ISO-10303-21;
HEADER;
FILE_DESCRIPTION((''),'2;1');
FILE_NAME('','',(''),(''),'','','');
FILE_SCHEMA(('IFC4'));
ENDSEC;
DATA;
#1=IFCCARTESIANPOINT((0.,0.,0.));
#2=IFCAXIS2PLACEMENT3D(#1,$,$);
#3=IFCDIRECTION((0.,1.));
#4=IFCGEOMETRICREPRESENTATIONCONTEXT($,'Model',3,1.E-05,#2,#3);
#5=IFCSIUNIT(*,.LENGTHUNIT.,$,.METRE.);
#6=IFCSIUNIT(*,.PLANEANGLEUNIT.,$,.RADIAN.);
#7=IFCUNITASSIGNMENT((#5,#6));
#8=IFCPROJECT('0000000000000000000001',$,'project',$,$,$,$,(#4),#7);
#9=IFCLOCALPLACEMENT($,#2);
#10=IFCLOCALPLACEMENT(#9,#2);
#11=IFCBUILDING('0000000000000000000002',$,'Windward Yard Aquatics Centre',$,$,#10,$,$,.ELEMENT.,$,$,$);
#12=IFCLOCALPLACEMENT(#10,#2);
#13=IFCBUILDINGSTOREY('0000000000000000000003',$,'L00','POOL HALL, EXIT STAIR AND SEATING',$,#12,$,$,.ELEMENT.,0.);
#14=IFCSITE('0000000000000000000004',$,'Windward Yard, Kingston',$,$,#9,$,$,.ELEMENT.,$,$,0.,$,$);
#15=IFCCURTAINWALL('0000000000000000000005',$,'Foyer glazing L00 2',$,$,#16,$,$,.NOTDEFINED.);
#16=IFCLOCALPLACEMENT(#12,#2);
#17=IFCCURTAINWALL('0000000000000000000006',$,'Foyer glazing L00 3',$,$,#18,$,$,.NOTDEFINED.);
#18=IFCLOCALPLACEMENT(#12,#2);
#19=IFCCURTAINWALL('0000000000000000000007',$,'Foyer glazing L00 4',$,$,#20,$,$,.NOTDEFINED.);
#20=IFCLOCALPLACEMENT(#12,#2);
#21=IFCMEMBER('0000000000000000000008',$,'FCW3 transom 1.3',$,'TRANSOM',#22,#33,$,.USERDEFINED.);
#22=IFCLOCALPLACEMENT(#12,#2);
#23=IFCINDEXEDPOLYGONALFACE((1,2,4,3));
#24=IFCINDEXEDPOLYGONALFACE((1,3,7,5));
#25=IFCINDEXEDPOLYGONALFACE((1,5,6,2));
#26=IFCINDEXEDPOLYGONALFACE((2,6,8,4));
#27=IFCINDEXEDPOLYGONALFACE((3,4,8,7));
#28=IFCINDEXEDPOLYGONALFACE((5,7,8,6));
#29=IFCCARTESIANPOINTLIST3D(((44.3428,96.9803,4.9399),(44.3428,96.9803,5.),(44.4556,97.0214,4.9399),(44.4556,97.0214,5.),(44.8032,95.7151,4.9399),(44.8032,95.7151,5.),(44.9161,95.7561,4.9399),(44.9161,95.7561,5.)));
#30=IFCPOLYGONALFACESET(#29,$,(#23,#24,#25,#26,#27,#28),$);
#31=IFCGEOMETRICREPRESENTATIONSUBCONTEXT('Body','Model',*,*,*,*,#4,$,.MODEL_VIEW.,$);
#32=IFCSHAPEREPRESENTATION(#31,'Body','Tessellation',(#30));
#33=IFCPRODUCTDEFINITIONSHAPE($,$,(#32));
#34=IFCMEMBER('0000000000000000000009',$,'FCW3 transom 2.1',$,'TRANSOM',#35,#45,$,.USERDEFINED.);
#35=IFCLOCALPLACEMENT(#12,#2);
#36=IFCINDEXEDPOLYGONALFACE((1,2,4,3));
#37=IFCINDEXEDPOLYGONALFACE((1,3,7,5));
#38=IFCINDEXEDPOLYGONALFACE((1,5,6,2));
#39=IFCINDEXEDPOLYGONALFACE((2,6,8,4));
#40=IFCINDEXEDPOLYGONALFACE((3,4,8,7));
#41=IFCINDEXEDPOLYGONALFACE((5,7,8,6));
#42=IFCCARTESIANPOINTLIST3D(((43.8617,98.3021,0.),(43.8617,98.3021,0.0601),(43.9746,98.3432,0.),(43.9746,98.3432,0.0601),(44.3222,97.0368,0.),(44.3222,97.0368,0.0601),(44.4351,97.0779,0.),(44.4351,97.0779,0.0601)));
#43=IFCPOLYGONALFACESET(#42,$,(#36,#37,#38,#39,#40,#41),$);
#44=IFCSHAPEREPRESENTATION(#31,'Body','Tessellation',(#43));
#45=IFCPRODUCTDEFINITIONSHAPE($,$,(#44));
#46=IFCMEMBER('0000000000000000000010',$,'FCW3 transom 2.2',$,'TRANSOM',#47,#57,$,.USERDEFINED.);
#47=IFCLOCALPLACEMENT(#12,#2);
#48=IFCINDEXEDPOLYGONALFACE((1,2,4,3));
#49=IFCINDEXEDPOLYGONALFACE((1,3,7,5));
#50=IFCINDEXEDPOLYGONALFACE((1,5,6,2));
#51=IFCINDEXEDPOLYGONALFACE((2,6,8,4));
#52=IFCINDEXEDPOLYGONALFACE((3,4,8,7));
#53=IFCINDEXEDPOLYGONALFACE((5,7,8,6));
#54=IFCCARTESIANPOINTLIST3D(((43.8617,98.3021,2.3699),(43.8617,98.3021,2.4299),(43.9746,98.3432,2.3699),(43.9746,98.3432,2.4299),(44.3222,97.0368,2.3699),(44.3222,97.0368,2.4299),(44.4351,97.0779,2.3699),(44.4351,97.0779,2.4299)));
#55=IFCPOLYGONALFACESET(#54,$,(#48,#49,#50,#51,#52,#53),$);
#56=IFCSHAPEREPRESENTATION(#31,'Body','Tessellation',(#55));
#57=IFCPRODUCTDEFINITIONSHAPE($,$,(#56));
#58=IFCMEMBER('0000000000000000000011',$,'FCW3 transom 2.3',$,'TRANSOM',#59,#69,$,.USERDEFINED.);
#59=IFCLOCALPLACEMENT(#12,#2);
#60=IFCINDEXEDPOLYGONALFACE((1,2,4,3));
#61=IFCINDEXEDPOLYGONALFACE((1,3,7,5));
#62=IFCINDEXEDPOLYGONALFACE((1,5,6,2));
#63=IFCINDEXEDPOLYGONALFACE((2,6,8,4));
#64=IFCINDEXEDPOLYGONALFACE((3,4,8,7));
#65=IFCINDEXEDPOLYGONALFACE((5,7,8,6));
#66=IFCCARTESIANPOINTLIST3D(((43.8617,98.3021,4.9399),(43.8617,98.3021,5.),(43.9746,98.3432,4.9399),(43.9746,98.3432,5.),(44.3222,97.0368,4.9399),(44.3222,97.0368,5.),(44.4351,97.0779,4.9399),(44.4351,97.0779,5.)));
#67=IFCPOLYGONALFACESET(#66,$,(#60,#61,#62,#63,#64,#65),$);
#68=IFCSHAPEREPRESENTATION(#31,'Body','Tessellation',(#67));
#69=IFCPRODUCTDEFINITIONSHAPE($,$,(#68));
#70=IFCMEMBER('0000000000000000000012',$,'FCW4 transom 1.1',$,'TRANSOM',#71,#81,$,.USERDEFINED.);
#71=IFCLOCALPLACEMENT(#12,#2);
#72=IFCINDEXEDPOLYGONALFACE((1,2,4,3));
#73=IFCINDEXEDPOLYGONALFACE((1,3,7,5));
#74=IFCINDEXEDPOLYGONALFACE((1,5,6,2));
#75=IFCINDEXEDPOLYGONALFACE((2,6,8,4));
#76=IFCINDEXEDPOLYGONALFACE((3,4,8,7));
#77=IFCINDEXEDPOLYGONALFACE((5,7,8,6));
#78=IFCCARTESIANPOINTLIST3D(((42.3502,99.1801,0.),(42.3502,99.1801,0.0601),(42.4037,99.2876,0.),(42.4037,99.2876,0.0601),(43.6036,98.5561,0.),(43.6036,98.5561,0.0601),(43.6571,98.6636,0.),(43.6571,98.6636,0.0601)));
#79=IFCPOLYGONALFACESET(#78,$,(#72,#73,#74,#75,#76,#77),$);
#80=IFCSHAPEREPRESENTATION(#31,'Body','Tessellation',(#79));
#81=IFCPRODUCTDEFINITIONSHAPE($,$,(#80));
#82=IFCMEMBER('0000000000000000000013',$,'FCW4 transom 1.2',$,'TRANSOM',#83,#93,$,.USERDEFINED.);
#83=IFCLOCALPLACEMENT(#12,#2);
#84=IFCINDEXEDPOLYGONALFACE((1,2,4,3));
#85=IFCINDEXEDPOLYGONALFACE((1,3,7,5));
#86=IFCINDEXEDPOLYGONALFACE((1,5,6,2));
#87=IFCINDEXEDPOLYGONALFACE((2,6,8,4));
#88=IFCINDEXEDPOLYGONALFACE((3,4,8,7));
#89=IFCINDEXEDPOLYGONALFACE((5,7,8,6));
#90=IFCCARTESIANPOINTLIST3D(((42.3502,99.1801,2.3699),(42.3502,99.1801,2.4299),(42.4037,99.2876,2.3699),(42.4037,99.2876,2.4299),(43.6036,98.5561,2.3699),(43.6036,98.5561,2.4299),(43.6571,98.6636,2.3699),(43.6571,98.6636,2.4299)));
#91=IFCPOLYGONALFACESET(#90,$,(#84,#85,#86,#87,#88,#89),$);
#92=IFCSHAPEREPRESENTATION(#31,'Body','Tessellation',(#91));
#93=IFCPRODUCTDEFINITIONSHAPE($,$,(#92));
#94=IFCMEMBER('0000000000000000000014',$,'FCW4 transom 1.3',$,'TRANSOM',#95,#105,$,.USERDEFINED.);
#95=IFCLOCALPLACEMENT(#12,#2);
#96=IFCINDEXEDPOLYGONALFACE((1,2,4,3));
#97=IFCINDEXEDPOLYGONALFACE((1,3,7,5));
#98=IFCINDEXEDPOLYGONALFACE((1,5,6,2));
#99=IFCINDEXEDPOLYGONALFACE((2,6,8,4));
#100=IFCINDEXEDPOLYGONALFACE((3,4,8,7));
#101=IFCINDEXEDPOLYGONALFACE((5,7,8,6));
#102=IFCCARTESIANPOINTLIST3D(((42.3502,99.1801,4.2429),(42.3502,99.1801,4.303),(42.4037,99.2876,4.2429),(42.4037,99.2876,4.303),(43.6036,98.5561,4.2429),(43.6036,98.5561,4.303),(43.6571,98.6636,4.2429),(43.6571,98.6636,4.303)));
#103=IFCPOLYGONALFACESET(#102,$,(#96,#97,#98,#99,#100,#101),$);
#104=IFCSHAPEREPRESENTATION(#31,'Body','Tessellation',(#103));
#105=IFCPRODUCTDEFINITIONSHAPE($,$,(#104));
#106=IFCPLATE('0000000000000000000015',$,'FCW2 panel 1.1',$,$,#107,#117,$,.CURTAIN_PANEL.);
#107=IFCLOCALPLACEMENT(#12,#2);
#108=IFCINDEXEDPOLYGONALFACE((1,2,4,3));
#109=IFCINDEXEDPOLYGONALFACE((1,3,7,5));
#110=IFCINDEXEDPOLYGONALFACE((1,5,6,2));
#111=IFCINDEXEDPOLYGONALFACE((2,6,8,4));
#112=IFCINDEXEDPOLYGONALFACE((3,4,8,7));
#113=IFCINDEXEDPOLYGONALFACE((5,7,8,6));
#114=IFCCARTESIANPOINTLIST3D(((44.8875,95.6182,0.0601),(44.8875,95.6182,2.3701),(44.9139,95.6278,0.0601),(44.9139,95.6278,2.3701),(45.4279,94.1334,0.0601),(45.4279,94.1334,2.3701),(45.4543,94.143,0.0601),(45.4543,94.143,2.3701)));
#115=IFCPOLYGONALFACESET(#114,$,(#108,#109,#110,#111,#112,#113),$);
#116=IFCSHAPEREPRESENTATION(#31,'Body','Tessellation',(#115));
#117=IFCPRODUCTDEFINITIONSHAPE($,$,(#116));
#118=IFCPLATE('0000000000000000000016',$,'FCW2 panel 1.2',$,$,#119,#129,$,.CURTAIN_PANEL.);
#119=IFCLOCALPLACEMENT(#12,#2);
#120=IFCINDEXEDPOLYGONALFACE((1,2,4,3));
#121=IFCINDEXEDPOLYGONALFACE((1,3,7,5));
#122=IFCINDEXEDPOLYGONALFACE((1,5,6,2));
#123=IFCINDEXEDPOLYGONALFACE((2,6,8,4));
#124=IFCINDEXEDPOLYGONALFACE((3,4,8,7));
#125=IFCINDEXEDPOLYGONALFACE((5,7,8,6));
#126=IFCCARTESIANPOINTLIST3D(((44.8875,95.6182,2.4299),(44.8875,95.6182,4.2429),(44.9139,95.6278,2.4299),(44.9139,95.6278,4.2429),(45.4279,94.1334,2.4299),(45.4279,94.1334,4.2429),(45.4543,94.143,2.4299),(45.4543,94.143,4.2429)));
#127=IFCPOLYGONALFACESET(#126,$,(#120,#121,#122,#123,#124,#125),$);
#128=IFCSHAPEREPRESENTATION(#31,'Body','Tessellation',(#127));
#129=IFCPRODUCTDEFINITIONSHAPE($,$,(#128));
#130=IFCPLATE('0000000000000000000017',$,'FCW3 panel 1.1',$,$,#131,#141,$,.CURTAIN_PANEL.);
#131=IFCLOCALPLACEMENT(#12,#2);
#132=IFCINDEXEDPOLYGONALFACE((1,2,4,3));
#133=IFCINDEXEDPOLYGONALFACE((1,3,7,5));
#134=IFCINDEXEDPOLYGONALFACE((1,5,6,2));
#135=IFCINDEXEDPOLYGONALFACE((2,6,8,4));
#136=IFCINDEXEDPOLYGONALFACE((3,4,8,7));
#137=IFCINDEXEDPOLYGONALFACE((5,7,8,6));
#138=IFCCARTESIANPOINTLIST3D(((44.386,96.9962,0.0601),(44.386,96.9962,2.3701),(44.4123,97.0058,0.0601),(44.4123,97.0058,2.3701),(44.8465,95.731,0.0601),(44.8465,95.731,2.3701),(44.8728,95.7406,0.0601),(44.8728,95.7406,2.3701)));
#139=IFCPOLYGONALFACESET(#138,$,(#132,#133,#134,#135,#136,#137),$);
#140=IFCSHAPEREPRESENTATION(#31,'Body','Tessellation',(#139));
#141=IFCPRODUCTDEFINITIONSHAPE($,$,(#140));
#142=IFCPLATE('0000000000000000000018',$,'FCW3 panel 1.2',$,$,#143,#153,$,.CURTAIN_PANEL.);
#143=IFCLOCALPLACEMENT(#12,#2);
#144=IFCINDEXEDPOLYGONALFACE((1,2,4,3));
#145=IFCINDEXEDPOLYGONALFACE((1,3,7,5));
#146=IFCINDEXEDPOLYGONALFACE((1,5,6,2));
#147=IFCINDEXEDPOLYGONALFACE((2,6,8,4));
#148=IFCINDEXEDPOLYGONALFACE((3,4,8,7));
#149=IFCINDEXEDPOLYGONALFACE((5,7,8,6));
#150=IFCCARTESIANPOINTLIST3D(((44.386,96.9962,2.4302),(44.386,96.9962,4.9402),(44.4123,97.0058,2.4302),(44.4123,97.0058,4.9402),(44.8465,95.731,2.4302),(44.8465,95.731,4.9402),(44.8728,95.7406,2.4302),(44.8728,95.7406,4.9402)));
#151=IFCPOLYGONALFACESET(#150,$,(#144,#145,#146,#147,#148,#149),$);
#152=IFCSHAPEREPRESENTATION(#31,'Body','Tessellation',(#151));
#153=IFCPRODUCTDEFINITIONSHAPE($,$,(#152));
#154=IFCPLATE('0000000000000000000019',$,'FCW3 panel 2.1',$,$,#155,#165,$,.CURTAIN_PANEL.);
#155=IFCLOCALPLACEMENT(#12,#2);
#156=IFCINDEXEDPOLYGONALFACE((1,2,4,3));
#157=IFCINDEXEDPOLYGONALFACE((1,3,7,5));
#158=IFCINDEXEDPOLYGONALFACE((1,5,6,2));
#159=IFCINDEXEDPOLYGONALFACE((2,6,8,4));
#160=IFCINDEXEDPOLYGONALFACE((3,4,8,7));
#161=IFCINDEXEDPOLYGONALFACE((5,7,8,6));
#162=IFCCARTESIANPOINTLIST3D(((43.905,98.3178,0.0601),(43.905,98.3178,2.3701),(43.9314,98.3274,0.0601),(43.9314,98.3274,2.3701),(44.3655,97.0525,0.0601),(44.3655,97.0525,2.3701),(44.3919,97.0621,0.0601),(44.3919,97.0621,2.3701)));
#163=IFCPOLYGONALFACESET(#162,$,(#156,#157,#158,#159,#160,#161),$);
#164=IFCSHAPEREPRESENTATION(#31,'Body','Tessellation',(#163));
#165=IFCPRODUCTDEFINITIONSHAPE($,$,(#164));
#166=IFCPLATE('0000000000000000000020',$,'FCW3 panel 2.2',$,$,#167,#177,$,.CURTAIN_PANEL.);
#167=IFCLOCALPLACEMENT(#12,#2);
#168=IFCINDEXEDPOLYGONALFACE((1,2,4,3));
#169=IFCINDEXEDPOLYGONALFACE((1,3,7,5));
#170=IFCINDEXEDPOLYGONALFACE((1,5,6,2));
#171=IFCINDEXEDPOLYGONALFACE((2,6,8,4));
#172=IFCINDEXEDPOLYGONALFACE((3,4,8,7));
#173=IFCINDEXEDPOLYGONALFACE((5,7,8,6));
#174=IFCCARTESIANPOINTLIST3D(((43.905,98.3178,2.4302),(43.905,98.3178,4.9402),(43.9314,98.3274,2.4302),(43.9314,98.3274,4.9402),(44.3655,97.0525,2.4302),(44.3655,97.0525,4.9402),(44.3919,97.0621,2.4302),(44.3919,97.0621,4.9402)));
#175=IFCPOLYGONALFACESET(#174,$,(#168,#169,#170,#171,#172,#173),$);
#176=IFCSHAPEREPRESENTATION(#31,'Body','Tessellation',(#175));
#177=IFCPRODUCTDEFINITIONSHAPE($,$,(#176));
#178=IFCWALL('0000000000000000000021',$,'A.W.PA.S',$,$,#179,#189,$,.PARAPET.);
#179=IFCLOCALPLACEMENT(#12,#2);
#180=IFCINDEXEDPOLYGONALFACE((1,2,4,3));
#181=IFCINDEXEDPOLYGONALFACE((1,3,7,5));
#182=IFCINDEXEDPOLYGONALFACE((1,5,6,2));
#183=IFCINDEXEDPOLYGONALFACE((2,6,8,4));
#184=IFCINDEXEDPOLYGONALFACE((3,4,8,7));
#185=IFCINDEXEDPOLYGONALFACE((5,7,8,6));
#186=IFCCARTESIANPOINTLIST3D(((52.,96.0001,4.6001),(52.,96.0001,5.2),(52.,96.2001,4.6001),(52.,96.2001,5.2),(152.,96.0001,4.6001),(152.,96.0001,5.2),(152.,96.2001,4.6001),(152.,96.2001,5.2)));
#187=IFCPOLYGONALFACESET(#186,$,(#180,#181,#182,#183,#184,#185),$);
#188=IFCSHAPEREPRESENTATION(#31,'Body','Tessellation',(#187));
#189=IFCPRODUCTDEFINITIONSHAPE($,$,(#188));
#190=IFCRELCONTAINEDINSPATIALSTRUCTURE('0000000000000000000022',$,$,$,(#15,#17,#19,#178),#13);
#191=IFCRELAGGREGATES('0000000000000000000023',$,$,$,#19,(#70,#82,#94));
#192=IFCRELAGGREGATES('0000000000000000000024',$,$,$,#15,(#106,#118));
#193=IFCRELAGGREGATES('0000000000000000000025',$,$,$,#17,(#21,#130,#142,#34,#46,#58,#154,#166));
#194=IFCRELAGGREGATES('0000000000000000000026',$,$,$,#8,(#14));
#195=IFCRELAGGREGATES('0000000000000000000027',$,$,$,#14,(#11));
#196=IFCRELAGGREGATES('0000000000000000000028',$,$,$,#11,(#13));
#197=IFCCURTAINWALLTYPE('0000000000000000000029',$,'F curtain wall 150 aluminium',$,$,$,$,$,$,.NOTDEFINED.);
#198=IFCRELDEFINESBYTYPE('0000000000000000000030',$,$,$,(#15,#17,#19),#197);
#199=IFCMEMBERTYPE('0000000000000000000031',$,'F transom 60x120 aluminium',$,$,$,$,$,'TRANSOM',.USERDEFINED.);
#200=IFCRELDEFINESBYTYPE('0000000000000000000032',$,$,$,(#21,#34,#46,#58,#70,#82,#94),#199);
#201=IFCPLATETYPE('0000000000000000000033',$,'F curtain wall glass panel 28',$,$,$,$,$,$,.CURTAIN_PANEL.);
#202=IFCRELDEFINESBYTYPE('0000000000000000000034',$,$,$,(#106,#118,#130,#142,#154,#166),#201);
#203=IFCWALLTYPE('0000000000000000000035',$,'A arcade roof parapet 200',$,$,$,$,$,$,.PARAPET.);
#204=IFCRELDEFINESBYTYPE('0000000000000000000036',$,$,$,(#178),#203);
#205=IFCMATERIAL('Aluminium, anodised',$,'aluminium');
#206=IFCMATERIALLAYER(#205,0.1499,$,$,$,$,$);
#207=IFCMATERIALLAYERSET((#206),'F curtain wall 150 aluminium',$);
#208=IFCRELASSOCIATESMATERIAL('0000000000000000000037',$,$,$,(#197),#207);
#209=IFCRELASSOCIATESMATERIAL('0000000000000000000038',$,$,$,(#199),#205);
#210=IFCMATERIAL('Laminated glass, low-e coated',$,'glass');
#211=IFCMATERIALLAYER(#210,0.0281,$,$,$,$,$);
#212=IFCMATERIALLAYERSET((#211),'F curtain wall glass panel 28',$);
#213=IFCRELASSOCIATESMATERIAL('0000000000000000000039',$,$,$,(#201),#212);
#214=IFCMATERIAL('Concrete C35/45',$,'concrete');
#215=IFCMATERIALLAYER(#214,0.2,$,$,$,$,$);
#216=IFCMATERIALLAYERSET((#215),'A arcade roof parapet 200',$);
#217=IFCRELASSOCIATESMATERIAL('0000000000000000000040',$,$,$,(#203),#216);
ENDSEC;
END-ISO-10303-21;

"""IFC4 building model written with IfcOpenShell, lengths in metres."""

from ifc_helpers import new_model, si_unit, direction, frame, frame_2d, origin, origin_2d, place, context, subcontext, project, spatial, rectangle, extrude, material, layer, layer_set, material_profile, profile_set, type_object, element, aggregate, save


model = new_model("IFC4")

# Units and contexts
model_context = context("Model", 3, precision=1e-05, world=origin(), true_north=direction((0.0, 1.0)))
body_context = subcontext(model_context, "Body", "Model", "MODEL_VIEW")
ifc_project = project(units=[si_unit("LENGTHUNIT", "METRE"), si_unit("PLANEANGLEUNIT", "RADIAN")], contexts=[model_context])

# Site, building, storey
site_placement = place(None, origin())
site = spatial("IfcSite", under=ifc_project, at=site_placement, Name="Windward Yard, Kingston", CompositionType="ELEMENT", RefElevation=0.0)
building_placement = place(site_placement, origin())
building = spatial("IfcBuilding", under=site, at=building_placement, Name="Windward Yard Aquatics Centre", CompositionType="ELEMENT")
storey_placement = place(building_placement, origin())
storey = spatial("IfcBuildingStorey", under=building, at=storey_placement, Name="L00", Description="POOL HALL, EXIT STAIR AND SEATING", CompositionType="ELEMENT", Elevation=0.0)

# Curtain wall
ifc_material_1 = material(Name="Aluminium, anodised", Category="aluminium")
ifc_layer_1 = layer(ifc_material_1, 0.1499)
ifc_layer_set_1 = layer_set([ifc_layer_1], Name="F curtain wall 150 aluminium")
curtain_wall_type = type_object("IfcCurtainWallType", Name="F curtain wall 150 aluminium", PredefinedType="NOTDEFINED", material=ifc_layer_set_1)
curtain_wall_1_placement = place(storey_placement, origin())
curtain_wall_1 = element("IfcCurtainWall", 1, at=curtain_wall_1_placement, inside=storey, type_object=curtain_wall_type, Name="Foyer glazing L00 2", PredefinedType="NOTDEFINED")

# Curtain wall
curtain_wall_2_placement = place(storey_placement, origin())
curtain_wall_2 = element("IfcCurtainWall", 2, at=curtain_wall_2_placement, inside=storey, type_object=curtain_wall_type, Name="Foyer glazing L00 3", PredefinedType="NOTDEFINED")

# Curtain wall
curtain_wall_3_placement = place(storey_placement, origin())
curtain_wall_3 = element("IfcCurtainWall", 3, at=curtain_wall_3_placement, inside=storey, type_object=curtain_wall_type, Name="Foyer glazing L00 4", PredefinedType="NOTDEFINED")

# Members
ifc_material_profile_1 = material_profile(ifc_material_1, rectangle(XDim=0.1201, YDim=0.0601, at=origin_2d()), Name="TRANSOM 60x120")
ifc_profile_set_1 = profile_set([ifc_material_profile_1], Name="Aluminium, anodised")
member_type_1 = type_object("IfcMemberType", Name="F transom 60x120 aluminium", ElementType="TRANSOM", PredefinedType="USERDEFINED", material=ifc_profile_set_1)
member_1_placement = place(storey_placement, frame((44.8596, 95.7356, 4.97), z_axis=(-0.341947, 0.939719, 0.0), x_axis=(-0.939719, -0.341947, 0.0)))
member_1 = element("IfcMember", 4, at=member_1_placement, type_object=member_type_1, Name="FCW3 transom 1.3", ObjectType="TRANSOM", PredefinedType="USERDEFINED", context=body_context, shape_type="SweptSolid", body=[
    extrude(rectangle(XDim=0.1201, YDim=0.0601, at=origin_2d()), origin(), (0.0, 0.0, 1.0), 1.3464),
])
member_2_placement = place(storey_placement, frame((44.3787, 97.0574, 0.03), z_axis=(-0.342005, 0.939698, 0.0), x_axis=(-0.939698, -0.342005, 0.0)))
member_2 = element("IfcMember", 5, at=member_2_placement, type_object=member_type_1, Name="FCW3 transom 2.1", ObjectType="TRANSOM", PredefinedType="USERDEFINED", context=body_context, shape_type="SweptSolid", body=[
    extrude(rectangle(XDim=0.1201, YDim=0.0601, at=origin_2d()), origin(), (0.0, 0.0, 1.0), 1.3464),
])
member_3_placement = place(storey_placement, frame((44.3787, 97.0574, 2.3999), z_axis=(-0.342005, 0.939698, 0.0), x_axis=(-0.939698, -0.342005, 0.0)))
member_3 = element("IfcMember", 6, at=member_3_placement, type_object=member_type_1, Name="FCW3 transom 2.2", ObjectType="TRANSOM", PredefinedType="USERDEFINED", context=body_context, shape_type="SweptSolid", body=[
    extrude(rectangle(XDim=0.1201, YDim=0.0601, at=origin_2d()), origin(), (0.0, 0.0, 1.0), 1.3464),
])
member_4_placement = place(storey_placement, frame((44.3787, 97.0574, 4.97), z_axis=(-0.342005, 0.939698, 0.0), x_axis=(-0.939698, -0.342005, 0.0)))
member_4 = element("IfcMember", 7, at=member_4_placement, type_object=member_type_1, Name="FCW3 transom 2.3", ObjectType="TRANSOM", PredefinedType="USERDEFINED", context=body_context, shape_type="SweptSolid", body=[
    extrude(rectangle(XDim=0.1201, YDim=0.0601, at=origin_2d()), origin(), (0.0, 0.0, 1.0), 1.3464),
])
member_5_placement = place(storey_placement, frame((43.6304, 98.6099, 0.03), z_axis=(-0.895193, 0.445679, 0.0), x_axis=(-0.445679, -0.895193, 0.0)))
member_5 = element("IfcMember", 8, at=member_5_placement, type_object=member_type_1, Name="FCW4 transom 1.1", ObjectType="TRANSOM", PredefinedType="USERDEFINED", context=body_context, shape_type="SweptSolid", body=[
    extrude(rectangle(XDim=0.1201, YDim=0.0601, at=origin_2d()), origin(), (0.0, 0.0, 1.0), 1.4001),
])
member_6_placement = place(storey_placement, frame((43.6304, 98.6099, 2.3999), z_axis=(-0.895193, 0.445679, 0.0), x_axis=(-0.445679, -0.895193, 0.0)))
member_6 = element("IfcMember", 9, at=member_6_placement, type_object=member_type_1, Name="FCW4 transom 1.2", ObjectType="TRANSOM", PredefinedType="USERDEFINED", context=body_context, shape_type="SweptSolid", body=[
    extrude(rectangle(XDim=0.1201, YDim=0.0601, at=origin_2d()), origin(), (0.0, 0.0, 1.0), 1.4001),
])
member_7_placement = place(storey_placement, frame((43.6304, 98.6099, 4.2729), z_axis=(-0.895193, 0.445679, 0.0), x_axis=(-0.445679, -0.895193, 0.0)))
member_7 = element("IfcMember", 10, at=member_7_placement, type_object=member_type_1, Name="FCW4 transom 1.3", ObjectType="TRANSOM", PredefinedType="USERDEFINED", context=body_context, shape_type="SweptSolid", body=[
    extrude(rectangle(XDim=0.1201, YDim=0.0601, at=origin_2d()), origin(), (0.0, 0.0, 1.0), 1.4001),
])
aggregate(curtain_wall_3, [member_5, member_6, member_7])

# Plates
ifc_material_2 = material(Name="Laminated glass, low-e coated", Category="glass")
ifc_layer_2 = layer(ifc_material_2, 0.0281)
ifc_layer_set_2 = layer_set([ifc_layer_2], Name="F curtain wall glass panel 28")
plate_type = type_object("IfcPlateType", Name="F curtain wall glass panel 28", PredefinedType="CURTAIN_PANEL", material=ifc_layer_set_2)
plate_1_placement = place(storey_placement, frame((45.1709, 94.8806, 0.0601), z_axis=(0.0, 0.0, 1.0), x_axis=(-0.34205, 0.939682, 0.0)))
plate_1 = element("IfcPlate", 11, at=plate_1_placement, type_object=plate_type, Name="FCW2 panel 1.1", PredefinedType="CURTAIN_PANEL", context=body_context, shape_type="SweptSolid", body=[
    extrude(rectangle(XDim=1.5801, YDim=0.0281, at=origin_2d()), origin(), (0.0, 0.0, 1.0), 2.3101),
])
plate_2_placement = place(storey_placement, frame((45.1709, 94.8806, 2.4299), z_axis=(0.0, 0.0, 1.0), x_axis=(-0.34205, 0.939682, 0.0)))
plate_2 = element("IfcPlate", 12, at=plate_2_placement, type_object=plate_type, Name="FCW2 panel 1.2", PredefinedType="CURTAIN_PANEL", context=body_context, shape_type="SweptSolid", body=[
    extrude(rectangle(XDim=1.5801, YDim=0.0281, at=origin_2d()), origin(), (0.0, 0.0, 1.0), 1.813),
])
aggregate(curtain_wall_1, [plate_1, plate_2])
plate_3_placement = place(storey_placement, frame((44.6294, 96.3684, 0.0601), z_axis=(0.0, 0.0, 1.0), x_axis=(-0.342017, 0.939694, 0.0)))
plate_3 = element("IfcPlate", 13, at=plate_3_placement, type_object=plate_type, Name="FCW3 panel 1.1", PredefinedType="CURTAIN_PANEL", context=body_context, shape_type="SweptSolid", body=[
    extrude(rectangle(XDim=1.3464, YDim=0.0281, at=origin_2d()), origin(), (0.0, 0.0, 1.0), 2.3101),
])
plate_4_placement = place(storey_placement, frame((44.6294, 96.3684, 2.4302), z_axis=(0.0, 0.0, 1.0), x_axis=(-0.342017, 0.939694, 0.0)))
plate_4 = element("IfcPlate", 14, at=plate_4_placement, type_object=plate_type, Name="FCW3 panel 1.2", PredefinedType="CURTAIN_PANEL", context=body_context, shape_type="SweptSolid", body=[
    extrude(rectangle(XDim=1.3464, YDim=0.0281, at=origin_2d()), origin(), (0.0, 0.0, 1.0), 2.51),
])
plate_5_placement = place(storey_placement, frame((44.1484, 97.6899, 0.0601), z_axis=(0.0, 0.0, 1.0), x_axis=(-0.342017, 0.939694, 0.0)))
plate_5 = element("IfcPlate", 15, at=plate_5_placement, type_object=plate_type, Name="FCW3 panel 2.1", PredefinedType="CURTAIN_PANEL", context=body_context, shape_type="SweptSolid", body=[
    extrude(rectangle(XDim=1.3464, YDim=0.0281, at=origin_2d()), origin(), (0.0, 0.0, 1.0), 2.3101),
])
plate_6_placement = place(storey_placement, frame((44.1484, 97.6899, 2.4302), z_axis=(0.0, 0.0, 1.0), x_axis=(-0.342017, 0.939694, 0.0)))
plate_6 = element("IfcPlate", 16, at=plate_6_placement, type_object=plate_type, Name="FCW3 panel 2.2", PredefinedType="CURTAIN_PANEL", context=body_context, shape_type="SweptSolid", body=[
    extrude(rectangle(XDim=1.3464, YDim=0.0281, at=origin_2d()), origin(), (0.0, 0.0, 1.0), 2.51),
])
aggregate(curtain_wall_2, [member_1, plate_3, plate_4, member_2, member_3, member_4, plate_5, plate_6])

# Wall
ifc_material_3 = material(Name="Concrete C35/45", Category="concrete")
ifc_layer_3 = layer(ifc_material_3, 0.2)
ifc_layer_set_3 = layer_set([ifc_layer_3], Name="A arcade roof parapet 200")
wall_type_1 = type_object("IfcWallType", Name="A arcade roof parapet 200", PredefinedType="PARAPET", material=ifc_layer_set_3)
wall_1_placement = place(storey_placement, frame((52.0, 96.1001, 4.6001), z_axis=(0.0, 0.0, 1.0), x_axis=(1.0, 0.0, 0.0)))
element("IfcWall", 17, at=wall_1_placement, inside=storey, type_object=wall_type_1, Name="A.W.PA.S", PredefinedType="PARAPET", context=body_context, shape_type="SweptSolid", body=[
    extrude(rectangle(XDim=100.0, YDim=0.2, at=frame_2d((50.0, 0.0))), origin(), (0.0, 0.0, 1.0), 0.5999),
])

save(model, "model.ifc")
